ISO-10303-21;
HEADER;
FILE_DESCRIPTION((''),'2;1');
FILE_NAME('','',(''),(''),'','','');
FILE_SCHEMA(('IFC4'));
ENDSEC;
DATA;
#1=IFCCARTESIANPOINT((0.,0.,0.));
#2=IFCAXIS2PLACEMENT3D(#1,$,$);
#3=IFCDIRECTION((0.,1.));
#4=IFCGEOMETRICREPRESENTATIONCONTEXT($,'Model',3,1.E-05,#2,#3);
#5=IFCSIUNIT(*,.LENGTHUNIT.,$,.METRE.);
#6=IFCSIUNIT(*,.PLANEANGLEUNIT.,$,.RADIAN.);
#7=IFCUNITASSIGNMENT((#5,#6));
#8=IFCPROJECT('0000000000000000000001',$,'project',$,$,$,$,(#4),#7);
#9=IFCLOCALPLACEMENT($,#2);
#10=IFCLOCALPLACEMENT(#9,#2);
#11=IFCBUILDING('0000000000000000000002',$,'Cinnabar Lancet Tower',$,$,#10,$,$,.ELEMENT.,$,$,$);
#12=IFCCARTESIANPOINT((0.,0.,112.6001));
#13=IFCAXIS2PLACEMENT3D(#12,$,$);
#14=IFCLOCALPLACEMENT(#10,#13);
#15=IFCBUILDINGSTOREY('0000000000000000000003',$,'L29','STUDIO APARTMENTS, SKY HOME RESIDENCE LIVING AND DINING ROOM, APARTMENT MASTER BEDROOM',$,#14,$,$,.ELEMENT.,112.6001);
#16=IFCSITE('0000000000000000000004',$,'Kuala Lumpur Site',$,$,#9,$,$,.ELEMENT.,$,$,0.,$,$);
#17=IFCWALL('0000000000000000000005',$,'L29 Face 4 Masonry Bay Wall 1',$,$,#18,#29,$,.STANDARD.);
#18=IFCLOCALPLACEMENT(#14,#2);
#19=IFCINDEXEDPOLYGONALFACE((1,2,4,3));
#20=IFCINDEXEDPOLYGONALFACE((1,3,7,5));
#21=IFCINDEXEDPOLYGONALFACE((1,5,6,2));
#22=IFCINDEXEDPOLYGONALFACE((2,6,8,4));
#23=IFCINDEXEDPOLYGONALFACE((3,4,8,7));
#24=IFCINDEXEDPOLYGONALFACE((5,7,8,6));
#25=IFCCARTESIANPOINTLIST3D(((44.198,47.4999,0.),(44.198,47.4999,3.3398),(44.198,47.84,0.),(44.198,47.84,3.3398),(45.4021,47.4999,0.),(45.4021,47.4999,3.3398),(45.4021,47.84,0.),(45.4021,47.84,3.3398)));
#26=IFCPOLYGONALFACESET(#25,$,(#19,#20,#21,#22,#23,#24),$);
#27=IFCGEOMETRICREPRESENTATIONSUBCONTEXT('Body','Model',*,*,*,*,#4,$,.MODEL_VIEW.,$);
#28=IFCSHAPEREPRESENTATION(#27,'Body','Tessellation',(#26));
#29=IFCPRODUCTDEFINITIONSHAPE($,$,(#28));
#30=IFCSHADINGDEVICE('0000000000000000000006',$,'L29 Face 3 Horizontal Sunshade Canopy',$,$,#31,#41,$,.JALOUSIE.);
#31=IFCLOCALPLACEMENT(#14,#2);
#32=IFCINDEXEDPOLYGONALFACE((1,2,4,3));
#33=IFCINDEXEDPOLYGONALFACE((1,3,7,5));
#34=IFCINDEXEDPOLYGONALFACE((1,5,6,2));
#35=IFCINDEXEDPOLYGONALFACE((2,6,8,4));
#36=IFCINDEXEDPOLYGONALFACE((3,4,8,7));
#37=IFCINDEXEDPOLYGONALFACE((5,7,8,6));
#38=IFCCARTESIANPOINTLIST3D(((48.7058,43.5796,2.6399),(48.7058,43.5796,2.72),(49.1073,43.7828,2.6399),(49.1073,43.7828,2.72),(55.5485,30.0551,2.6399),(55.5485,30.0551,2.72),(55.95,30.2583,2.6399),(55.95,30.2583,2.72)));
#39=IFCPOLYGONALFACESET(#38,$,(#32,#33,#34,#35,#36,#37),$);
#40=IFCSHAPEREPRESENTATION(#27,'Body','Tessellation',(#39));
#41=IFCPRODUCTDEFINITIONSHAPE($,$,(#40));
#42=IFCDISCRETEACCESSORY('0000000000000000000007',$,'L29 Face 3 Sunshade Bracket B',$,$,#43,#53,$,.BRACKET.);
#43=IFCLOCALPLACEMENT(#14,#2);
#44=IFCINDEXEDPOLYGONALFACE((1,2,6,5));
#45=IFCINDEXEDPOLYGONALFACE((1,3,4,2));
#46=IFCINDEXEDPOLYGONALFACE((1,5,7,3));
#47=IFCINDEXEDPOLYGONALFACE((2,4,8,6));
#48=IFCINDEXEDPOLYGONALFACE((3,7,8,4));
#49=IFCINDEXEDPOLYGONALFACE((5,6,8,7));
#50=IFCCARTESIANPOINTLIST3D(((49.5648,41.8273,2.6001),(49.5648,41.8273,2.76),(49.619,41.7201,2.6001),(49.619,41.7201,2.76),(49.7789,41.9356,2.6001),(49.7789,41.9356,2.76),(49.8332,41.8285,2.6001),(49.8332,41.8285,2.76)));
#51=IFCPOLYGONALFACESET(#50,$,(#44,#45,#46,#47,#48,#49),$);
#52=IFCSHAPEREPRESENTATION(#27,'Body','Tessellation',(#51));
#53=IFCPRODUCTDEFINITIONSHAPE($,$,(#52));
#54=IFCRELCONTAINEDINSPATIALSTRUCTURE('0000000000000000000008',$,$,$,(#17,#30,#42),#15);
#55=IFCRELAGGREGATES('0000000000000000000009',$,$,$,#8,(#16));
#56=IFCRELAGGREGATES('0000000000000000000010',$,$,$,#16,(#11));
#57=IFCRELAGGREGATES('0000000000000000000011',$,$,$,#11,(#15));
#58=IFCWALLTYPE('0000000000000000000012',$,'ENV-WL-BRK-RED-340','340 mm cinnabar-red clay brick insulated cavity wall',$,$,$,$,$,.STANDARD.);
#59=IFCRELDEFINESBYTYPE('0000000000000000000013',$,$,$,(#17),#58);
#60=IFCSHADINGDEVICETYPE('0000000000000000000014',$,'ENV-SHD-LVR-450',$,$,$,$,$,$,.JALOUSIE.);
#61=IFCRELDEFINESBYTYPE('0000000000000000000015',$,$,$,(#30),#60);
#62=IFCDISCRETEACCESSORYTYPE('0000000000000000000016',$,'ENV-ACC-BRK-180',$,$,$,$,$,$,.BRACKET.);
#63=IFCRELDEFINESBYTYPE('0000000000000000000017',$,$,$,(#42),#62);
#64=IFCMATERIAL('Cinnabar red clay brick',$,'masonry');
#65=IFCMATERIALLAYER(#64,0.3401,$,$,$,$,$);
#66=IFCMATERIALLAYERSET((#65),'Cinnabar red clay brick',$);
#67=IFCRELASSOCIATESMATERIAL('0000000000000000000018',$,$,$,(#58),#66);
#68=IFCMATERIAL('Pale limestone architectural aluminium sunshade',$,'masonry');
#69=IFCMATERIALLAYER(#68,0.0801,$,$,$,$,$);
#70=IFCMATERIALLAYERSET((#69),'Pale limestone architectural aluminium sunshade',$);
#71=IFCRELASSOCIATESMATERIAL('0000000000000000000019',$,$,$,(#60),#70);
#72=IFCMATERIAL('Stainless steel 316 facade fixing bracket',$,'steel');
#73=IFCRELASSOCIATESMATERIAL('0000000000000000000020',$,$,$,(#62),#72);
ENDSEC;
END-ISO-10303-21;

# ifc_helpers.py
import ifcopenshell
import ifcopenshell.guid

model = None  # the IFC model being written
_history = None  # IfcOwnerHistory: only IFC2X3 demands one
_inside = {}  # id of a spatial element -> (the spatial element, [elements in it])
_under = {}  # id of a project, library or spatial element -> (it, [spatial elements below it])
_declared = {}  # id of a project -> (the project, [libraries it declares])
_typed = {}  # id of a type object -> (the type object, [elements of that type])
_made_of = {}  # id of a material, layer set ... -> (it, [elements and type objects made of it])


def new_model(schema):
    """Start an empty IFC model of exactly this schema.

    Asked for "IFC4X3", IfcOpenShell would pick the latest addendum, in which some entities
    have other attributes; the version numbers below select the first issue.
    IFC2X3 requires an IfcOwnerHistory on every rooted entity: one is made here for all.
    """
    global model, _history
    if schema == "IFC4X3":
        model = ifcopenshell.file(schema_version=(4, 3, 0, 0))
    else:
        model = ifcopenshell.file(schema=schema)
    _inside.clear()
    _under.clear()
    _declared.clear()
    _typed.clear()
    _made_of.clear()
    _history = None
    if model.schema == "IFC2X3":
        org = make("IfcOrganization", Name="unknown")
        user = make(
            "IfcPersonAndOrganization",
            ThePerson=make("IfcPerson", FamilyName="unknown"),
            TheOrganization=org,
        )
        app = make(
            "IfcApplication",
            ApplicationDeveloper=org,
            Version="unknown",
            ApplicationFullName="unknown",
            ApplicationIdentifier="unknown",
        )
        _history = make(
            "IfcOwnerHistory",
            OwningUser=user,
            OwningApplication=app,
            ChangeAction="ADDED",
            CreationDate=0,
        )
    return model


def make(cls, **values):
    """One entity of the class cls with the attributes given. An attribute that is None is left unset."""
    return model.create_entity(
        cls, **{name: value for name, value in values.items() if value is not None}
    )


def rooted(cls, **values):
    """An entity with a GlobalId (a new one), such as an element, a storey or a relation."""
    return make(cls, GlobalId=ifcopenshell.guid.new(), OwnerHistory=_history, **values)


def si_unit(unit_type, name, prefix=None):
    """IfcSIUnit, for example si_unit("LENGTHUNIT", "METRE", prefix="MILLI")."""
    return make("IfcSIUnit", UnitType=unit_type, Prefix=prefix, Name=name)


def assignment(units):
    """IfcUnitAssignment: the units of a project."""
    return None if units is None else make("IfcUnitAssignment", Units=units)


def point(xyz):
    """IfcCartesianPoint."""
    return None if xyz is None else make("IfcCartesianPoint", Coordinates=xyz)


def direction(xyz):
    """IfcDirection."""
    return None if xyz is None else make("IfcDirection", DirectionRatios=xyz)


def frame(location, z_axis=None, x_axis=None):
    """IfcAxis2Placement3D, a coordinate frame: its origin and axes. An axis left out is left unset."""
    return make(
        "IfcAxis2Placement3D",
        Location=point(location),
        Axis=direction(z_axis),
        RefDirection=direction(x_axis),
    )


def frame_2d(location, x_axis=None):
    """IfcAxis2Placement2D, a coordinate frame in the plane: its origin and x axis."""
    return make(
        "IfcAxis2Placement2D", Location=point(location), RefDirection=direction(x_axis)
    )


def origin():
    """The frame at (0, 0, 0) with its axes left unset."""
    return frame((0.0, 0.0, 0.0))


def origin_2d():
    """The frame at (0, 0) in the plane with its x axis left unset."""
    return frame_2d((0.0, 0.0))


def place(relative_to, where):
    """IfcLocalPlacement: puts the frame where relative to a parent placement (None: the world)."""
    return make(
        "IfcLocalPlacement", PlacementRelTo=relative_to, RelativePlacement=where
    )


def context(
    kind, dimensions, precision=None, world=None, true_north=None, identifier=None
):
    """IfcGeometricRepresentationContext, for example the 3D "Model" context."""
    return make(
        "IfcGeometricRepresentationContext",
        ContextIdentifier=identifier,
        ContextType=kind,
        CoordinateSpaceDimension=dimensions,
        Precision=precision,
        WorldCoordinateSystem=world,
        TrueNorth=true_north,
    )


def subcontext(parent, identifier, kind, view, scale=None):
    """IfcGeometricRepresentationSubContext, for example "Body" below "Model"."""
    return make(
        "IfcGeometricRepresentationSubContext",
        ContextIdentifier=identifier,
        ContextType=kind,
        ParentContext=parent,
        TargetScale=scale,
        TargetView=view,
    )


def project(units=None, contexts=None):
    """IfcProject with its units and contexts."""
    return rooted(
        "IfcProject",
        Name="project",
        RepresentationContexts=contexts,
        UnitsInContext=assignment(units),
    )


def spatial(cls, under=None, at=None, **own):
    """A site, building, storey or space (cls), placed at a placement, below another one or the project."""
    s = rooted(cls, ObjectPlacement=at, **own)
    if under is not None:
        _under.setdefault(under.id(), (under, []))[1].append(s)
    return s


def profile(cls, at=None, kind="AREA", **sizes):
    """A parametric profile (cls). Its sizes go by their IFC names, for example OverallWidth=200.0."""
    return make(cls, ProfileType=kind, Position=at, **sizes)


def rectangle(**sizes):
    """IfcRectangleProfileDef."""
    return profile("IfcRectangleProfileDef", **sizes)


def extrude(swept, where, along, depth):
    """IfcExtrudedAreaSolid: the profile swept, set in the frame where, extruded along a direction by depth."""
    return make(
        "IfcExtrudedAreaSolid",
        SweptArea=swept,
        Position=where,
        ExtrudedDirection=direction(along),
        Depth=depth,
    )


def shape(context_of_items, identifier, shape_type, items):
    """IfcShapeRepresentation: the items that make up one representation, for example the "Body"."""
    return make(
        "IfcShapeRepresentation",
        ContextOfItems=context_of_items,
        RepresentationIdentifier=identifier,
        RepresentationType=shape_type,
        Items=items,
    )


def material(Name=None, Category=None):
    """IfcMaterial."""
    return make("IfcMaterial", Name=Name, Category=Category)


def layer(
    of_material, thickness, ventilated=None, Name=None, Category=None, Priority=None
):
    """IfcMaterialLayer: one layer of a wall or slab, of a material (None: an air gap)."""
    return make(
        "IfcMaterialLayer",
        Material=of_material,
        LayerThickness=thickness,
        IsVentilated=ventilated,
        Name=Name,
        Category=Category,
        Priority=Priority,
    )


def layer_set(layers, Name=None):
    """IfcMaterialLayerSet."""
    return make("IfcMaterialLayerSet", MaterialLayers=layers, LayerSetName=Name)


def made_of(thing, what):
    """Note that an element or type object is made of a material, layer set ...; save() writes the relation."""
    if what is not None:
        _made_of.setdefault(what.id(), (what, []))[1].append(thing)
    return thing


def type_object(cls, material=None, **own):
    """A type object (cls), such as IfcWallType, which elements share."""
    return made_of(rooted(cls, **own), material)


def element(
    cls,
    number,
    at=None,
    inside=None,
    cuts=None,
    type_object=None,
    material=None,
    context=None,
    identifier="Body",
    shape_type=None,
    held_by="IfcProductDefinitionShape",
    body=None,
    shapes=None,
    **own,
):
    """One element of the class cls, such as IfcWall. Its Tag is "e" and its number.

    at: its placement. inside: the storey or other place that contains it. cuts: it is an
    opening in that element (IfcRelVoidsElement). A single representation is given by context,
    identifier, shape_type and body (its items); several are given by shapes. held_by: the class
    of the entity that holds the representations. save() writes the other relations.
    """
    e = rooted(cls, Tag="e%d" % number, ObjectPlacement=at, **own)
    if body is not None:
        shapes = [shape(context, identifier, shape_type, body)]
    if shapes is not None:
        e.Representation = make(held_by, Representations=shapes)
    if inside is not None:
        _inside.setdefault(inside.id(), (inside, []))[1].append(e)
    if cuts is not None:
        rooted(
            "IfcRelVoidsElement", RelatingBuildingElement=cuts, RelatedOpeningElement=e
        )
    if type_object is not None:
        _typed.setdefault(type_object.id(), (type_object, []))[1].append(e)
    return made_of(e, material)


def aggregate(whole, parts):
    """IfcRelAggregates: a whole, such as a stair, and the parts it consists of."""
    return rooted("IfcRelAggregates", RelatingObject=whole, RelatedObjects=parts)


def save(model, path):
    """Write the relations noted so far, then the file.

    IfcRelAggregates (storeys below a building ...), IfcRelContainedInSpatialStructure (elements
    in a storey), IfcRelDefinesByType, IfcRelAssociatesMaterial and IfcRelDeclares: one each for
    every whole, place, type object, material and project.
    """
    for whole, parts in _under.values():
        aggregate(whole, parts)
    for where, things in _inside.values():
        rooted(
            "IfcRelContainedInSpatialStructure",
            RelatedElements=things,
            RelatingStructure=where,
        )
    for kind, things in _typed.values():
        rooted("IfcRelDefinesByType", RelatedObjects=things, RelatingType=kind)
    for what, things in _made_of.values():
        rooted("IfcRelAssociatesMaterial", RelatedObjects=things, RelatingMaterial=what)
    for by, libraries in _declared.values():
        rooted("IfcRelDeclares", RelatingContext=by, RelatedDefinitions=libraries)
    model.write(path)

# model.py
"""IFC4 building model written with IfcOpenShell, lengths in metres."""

from ifc_helpers import new_model, si_unit, direction, frame, frame_2d, origin, origin_2d, place, context, subcontext, project, spatial, rectangle, extrude, material, layer, layer_set, type_object, element, save


model = new_model("IFC4")

# Units and contexts
model_context = context("Model", 3, precision=1e-05, world=origin(), true_north=direction((0.0, 1.0)))
body_context = subcontext(model_context, "Body", "Model", "MODEL_VIEW")
ifc_project = project(units=[si_unit("LENGTHUNIT", "METRE"), si_unit("PLANEANGLEUNIT", "RADIAN")], contexts=[model_context])

# Site, building, storey
site_placement = place(None, origin())
site = spatial("IfcSite", under=ifc_project, at=site_placement, Name="Kuala Lumpur Site", CompositionType="ELEMENT", RefElevation=0.0)
building_placement = place(site_placement, origin())
building = spatial("IfcBuilding", under=site, at=building_placement, Name="Cinnabar Lancet Tower", CompositionType="ELEMENT")
storey_placement = place(building_placement, frame((0.0, 0.0, 112.6001)))
storey = spatial("IfcBuildingStorey", under=building, at=storey_placement, Name="L29", Description="STUDIO APARTMENTS, SKY HOME RESIDENCE LIVING AND DINING ROOM, APARTMENT MASTER BEDROOM", CompositionType="ELEMENT", Elevation=112.6001)

# Shared definitions
ifc_material_1 = material(Name="Cinnabar red clay brick", Category="masonry")
ifc_layer_1 = layer(ifc_material_1, 0.3401)
ifc_layer_set_1 = layer_set([ifc_layer_1], Name="Cinnabar red clay brick")
wall_type_1 = type_object("IfcWallType", Name="ENV-WL-BRK-RED-340", Description="340 mm cinnabar-red clay brick insulated cavity wall", PredefinedType="STANDARD", material=ifc_layer_set_1)

# Wall
wall_1_placement = place(storey_placement, frame((45.4021, 47.6699, 0.0), z_axis=(0.0, 0.0, 1.0), x_axis=(-1.0, 0.0, 0.0)))
element("IfcWall", 1, at=wall_1_placement, inside=storey, type_object=wall_type_1, Name="L29 Face 4 Masonry Bay Wall 1", PredefinedType="STANDARD", context=body_context, shape_type="SweptSolid", body=[
    extrude(rectangle(XDim=1.2041, YDim=0.3401, at=frame_2d((0.6021, 0.0))), origin(), (0.0, 0.0, 1.0), 3.3398),
])

# Shading device
ifc_material_2 = material(Name="Pale limestone architectural aluminium sunshade", Category="masonry")
ifc_layer_2 = layer(ifc_material_2, 0.0801)
ifc_layer_set_2 = layer_set([ifc_layer_2], Name="Pale limestone architectural aluminium sunshade")
shading_device_type = type_object("IfcShadingDeviceType", Name="ENV-SHD-LVR-450", PredefinedType="JALOUSIE", material=ifc_layer_set_2)
shading_device_placement = place(storey_placement, frame((52.3279, 36.9189, 2.6399), z_axis=(0.0, 0.0, 1.0), x_axis=(-0.451454, 0.892294, 0.0)))
element("IfcShadingDevice", 2, at=shading_device_placement, inside=storey, type_object=shading_device_type, Name="L29 Face 3 Horizontal Sunshade Canopy", PredefinedType="JALOUSIE", context=body_context, shape_type="SweptSolid", body=[
    extrude(rectangle(XDim=15.157, YDim=0.45, at=origin_2d()), origin(), (0.0, 0.0, 1.0), 0.0801),
])

# Discrete accessory
ifc_material_3 = material(Name="Stainless steel 316 facade fixing bracket", Category="steel")
discrete_accessory_type = type_object("IfcDiscreteAccessoryType", Name="ENV-ACC-BRK-180", PredefinedType="BRACKET", material=ifc_material_3)
discrete_accessory_placement = place(storey_placement, frame((49.699, 41.8279, 2.6001), z_axis=(0.0, 0.0, 1.0), x_axis=(-0.451454, 0.892294, 0.0)))
element("IfcDiscreteAccessory", 3, at=discrete_accessory_placement, inside=storey, type_object=discrete_accessory_type, Name="L29 Face 3 Sunshade Bracket B", PredefinedType="BRACKET", context=body_context, shape_type="SweptSolid", body=[
    extrude(rectangle(XDim=0.1201, YDim=0.24, at=origin_2d()), origin(), (0.0, 0.0, 1.0), 0.1599),
])

save(model, "model.ifc")
